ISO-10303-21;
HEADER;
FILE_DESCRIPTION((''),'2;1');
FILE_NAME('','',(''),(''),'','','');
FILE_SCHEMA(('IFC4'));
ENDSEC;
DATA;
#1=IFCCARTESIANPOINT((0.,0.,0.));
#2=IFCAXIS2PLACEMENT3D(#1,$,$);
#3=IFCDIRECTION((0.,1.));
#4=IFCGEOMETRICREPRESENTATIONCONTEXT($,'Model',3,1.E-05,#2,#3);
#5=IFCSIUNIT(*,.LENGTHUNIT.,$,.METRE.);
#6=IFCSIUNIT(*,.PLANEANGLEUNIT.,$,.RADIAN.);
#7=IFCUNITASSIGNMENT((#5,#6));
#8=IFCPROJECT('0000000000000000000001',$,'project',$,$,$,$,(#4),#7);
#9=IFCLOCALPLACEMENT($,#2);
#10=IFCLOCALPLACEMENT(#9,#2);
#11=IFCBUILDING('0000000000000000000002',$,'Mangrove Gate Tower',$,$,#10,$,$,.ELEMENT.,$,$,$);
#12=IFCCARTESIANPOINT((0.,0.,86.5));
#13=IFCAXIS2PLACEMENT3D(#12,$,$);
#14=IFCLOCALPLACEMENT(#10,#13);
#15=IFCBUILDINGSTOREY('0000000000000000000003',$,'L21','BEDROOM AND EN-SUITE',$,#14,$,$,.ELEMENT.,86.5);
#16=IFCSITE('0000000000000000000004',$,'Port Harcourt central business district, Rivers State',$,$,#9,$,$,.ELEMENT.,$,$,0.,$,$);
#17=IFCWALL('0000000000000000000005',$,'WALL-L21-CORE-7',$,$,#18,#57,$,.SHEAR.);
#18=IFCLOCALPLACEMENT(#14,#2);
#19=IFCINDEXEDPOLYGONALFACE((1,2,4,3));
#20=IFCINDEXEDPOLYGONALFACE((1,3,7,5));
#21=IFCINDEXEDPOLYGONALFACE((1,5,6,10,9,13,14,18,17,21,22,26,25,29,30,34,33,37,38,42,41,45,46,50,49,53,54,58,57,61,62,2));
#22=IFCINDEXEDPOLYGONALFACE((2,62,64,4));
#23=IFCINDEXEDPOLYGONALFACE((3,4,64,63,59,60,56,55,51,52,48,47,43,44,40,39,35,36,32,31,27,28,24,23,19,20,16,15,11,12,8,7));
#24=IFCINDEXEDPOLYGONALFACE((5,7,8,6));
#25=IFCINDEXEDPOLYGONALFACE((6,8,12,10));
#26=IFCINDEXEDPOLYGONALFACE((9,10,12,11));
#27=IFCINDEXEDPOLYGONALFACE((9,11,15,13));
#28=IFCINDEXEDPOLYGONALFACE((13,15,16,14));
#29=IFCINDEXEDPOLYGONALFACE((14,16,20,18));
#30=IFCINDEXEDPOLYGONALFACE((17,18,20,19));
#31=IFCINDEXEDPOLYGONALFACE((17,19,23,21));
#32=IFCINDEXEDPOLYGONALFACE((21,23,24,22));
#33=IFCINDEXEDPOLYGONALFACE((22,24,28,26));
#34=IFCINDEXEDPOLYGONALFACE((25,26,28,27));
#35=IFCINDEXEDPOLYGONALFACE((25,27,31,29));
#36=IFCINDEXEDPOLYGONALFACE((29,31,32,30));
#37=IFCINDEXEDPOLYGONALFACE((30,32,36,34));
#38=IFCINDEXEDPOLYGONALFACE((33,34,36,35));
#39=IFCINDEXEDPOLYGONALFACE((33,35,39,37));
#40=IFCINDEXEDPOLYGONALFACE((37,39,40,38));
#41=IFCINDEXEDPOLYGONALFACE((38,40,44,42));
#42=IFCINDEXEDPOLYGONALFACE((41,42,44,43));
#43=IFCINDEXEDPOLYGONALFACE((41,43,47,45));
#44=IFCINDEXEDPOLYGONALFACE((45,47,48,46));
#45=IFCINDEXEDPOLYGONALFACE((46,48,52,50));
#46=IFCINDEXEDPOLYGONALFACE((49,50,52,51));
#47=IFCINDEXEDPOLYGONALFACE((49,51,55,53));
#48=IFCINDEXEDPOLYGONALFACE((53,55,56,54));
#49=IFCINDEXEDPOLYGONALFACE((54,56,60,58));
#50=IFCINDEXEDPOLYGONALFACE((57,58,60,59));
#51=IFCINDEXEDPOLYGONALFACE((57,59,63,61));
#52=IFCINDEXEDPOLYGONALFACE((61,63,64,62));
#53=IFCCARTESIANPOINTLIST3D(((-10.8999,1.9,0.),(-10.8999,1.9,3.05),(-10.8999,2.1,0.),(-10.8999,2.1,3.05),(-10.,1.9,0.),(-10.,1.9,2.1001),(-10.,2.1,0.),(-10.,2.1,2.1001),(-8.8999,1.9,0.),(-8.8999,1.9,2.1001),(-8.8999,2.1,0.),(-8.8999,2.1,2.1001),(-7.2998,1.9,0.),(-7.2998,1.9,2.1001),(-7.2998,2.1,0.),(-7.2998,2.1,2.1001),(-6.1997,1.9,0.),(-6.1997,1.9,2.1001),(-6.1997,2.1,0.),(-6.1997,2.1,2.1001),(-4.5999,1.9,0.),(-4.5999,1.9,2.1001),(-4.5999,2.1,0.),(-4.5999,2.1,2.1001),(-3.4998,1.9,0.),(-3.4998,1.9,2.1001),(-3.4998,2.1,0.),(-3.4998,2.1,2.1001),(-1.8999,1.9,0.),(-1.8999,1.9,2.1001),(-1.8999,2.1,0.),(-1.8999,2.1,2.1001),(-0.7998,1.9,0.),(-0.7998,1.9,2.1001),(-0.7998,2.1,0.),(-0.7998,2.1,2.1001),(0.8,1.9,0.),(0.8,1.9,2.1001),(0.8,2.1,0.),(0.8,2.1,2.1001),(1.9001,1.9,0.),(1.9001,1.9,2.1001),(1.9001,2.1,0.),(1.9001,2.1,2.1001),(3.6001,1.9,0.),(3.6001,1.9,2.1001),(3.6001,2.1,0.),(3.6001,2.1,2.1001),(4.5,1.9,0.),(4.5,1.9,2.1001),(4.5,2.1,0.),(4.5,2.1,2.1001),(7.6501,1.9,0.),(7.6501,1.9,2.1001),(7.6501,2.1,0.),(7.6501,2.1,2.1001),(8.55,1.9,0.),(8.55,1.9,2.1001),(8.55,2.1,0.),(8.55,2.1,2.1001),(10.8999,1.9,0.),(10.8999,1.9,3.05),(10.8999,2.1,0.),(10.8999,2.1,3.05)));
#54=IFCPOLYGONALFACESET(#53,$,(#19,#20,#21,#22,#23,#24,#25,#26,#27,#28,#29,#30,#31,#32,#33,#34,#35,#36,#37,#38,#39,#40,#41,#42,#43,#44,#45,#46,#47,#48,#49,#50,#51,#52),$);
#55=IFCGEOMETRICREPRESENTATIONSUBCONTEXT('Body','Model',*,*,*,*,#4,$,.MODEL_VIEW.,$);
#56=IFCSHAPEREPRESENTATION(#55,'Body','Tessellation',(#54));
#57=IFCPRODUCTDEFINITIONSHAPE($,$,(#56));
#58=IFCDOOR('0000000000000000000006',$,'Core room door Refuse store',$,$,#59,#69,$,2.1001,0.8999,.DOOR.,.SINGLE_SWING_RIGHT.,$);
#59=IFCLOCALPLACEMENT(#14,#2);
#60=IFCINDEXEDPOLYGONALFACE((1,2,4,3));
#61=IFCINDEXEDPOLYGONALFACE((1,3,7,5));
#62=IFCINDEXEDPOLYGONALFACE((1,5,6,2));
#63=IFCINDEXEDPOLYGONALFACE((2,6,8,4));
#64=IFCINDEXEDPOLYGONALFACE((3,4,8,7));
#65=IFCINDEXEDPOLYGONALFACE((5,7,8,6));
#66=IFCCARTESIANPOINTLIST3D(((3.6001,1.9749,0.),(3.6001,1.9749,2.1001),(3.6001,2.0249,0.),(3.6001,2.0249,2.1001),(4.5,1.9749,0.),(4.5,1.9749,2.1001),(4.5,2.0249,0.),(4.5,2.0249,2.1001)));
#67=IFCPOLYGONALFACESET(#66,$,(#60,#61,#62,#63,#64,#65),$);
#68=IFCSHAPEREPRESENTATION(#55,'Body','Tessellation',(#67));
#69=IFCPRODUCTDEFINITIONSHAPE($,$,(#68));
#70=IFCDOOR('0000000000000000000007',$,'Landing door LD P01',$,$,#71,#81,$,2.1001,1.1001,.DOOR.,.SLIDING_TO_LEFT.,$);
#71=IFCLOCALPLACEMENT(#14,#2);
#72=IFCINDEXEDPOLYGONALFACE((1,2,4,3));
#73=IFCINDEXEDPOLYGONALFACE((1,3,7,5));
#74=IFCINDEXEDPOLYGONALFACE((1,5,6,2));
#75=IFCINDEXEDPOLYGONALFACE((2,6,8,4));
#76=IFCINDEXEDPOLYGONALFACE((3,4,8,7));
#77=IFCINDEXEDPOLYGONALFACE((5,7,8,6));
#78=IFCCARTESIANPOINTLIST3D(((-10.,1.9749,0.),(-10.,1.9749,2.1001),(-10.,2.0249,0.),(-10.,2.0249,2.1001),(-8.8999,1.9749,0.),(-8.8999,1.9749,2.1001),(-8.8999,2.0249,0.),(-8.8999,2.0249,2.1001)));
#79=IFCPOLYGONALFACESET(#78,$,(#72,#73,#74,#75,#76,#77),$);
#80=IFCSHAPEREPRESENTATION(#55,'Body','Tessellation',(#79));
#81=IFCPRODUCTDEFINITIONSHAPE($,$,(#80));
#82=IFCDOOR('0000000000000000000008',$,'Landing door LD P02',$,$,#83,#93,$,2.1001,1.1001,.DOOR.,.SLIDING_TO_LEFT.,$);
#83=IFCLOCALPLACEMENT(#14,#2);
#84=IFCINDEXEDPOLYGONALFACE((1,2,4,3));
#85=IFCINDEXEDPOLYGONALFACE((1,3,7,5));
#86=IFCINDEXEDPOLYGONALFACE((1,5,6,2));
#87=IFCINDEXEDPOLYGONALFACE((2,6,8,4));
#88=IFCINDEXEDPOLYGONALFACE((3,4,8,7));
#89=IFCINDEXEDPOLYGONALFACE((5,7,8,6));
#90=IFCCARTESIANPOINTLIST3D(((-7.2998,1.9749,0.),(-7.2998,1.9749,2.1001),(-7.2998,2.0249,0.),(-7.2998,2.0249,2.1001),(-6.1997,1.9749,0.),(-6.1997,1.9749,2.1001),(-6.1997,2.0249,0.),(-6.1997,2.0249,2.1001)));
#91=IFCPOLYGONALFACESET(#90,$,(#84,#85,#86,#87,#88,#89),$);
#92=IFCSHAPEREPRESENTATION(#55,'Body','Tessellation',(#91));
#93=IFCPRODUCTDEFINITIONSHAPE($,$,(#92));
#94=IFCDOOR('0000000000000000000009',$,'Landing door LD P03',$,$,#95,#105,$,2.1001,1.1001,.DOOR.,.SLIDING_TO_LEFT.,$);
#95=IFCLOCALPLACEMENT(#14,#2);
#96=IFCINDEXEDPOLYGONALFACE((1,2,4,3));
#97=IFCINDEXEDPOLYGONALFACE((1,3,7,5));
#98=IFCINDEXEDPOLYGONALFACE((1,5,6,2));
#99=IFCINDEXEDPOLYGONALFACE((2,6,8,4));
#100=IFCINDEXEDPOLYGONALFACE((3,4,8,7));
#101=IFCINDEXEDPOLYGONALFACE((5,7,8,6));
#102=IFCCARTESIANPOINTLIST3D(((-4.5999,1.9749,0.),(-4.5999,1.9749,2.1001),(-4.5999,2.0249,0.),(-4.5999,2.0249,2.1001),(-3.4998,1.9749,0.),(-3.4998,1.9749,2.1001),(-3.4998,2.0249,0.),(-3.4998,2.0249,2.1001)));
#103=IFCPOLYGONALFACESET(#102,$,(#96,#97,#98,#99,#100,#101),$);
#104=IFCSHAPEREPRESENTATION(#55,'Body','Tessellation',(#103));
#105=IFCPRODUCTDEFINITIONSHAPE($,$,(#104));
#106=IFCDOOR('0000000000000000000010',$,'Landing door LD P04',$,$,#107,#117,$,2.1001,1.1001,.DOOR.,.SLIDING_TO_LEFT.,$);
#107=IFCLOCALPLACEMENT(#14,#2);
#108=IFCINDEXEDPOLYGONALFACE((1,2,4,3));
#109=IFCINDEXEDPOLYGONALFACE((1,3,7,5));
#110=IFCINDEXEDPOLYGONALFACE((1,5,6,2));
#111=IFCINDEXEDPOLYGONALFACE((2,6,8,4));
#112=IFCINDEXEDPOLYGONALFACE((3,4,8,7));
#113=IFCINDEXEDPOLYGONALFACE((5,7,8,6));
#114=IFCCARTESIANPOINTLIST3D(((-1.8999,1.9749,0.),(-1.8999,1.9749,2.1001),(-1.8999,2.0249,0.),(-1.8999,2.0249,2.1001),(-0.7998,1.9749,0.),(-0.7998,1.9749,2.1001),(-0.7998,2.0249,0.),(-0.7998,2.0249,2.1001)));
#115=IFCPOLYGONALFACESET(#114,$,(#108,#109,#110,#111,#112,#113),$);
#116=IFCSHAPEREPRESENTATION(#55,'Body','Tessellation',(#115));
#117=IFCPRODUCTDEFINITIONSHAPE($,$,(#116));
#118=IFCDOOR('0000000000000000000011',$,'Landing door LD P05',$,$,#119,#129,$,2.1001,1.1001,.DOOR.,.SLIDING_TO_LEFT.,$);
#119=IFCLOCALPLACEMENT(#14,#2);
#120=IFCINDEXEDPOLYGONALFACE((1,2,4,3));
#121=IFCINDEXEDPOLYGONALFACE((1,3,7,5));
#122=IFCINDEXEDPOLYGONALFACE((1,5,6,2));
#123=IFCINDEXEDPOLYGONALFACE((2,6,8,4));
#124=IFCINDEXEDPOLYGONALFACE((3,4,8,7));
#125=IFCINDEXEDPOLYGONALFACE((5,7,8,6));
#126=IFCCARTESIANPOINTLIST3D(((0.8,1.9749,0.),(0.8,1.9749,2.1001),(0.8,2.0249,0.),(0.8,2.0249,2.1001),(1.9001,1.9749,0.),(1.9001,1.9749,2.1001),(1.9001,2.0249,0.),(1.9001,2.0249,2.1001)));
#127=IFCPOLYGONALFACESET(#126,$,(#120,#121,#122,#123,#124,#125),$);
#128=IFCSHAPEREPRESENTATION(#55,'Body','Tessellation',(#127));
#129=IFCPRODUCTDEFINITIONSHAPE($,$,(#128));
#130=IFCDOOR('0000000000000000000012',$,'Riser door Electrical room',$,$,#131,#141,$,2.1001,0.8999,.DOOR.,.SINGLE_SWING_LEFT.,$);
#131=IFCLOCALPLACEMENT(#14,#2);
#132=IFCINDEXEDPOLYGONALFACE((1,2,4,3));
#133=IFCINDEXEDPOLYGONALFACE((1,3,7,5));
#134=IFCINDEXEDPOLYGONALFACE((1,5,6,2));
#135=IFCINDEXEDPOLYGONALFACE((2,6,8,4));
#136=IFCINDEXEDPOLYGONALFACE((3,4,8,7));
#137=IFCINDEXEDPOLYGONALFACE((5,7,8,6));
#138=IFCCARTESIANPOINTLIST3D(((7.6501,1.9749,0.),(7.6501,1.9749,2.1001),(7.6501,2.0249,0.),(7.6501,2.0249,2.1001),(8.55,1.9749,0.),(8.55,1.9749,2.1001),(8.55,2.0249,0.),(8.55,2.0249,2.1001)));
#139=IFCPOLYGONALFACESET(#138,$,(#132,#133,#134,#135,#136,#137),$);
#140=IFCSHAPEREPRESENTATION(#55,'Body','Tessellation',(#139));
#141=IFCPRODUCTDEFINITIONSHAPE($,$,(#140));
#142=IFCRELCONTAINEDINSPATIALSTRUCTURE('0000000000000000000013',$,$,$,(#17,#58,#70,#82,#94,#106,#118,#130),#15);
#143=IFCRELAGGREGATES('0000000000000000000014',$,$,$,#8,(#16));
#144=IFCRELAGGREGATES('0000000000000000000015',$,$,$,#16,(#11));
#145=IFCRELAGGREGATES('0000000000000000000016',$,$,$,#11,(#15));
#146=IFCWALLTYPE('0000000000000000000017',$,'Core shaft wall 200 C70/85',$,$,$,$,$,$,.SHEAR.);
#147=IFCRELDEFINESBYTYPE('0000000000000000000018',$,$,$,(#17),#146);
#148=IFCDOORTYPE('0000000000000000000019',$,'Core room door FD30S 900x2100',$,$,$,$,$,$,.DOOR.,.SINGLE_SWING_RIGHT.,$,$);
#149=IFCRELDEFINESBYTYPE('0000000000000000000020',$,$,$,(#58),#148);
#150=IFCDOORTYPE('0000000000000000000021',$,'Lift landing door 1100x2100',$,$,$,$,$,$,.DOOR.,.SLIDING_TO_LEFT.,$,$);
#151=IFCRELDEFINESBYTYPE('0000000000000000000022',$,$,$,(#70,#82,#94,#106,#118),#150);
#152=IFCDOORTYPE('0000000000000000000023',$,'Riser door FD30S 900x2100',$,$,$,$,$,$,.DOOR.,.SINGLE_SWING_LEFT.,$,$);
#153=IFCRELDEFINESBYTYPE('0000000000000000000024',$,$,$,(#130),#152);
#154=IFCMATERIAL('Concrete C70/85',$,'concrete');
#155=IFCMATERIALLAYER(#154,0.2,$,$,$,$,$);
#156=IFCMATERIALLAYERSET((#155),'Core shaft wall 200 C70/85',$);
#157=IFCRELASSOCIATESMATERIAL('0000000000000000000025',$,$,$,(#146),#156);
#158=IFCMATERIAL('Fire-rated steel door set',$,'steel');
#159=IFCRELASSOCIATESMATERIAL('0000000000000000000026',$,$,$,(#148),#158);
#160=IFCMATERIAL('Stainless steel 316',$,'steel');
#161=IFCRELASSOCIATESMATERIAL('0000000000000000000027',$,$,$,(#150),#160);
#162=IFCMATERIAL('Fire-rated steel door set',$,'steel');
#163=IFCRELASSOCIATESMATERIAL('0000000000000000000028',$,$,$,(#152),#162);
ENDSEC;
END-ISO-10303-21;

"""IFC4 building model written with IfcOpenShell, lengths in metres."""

from ifc_helpers import new_model, si_unit, direction, frame, frame_2d, origin, place, context, subcontext, project, spatial, rectangle, extrude, material, layer, layer_set, type_object, element, fill, save


model = new_model("IFC4")

# Units and contexts
model_context = context("Model", 3, precision=1e-05, world=origin(), true_north=direction((0.0, 1.0)))
body_context = subcontext(model_context, "Body", "Model", "MODEL_VIEW")
ifc_project = project(units=[si_unit("LENGTHUNIT", "METRE"), si_unit("PLANEANGLEUNIT", "RADIAN")], contexts=[model_context])

# Site, building, storey
site_placement = place(None, origin())
site = spatial("IfcSite", under=ifc_project, at=site_placement, Name="Port Harcourt central business district, Rivers State", CompositionType="ELEMENT", RefElevation=0.0)
building_placement = place(site_placement, origin())
building = spatial("IfcBuilding", under=site, at=building_placement, Name="Mangrove Gate Tower", CompositionType="ELEMENT")
storey_placement = place(building_placement, frame((0.0, 0.0, 86.5)))
storey = spatial("IfcBuildingStorey", under=building, at=storey_placement, Name="L21", Description="BEDROOM AND EN-SUITE", CompositionType="ELEMENT", Elevation=86.5)

# Wall, openings, doors
ifc_material_1 = material(Name="Concrete C70/85", Category="concrete")
ifc_layer_1 = layer(ifc_material_1, 0.2)
ifc_layer_set_1 = layer_set([ifc_layer_1], Name="Core shaft wall 200 C70/85")
wall_type_1 = type_object("IfcWallType", Name="Core shaft wall 200 C70/85", PredefinedType="SHEAR", material=ifc_layer_set_1)
wall_1_placement = place(storey_placement, frame((-10.8999, 2.0, 0.0), z_axis=(0.0, 0.0, 1.0), x_axis=(1.0, 0.0, 0.0)))
wall_1 = element("IfcWall", 1, at=wall_1_placement, inside=storey, type_object=wall_type_1, Name="WALL-L21-CORE-7", PredefinedType="SHEAR", context=body_context, shape_type="SweptSolid", body=[
    extrude(rectangle(XDim=21.7998, YDim=0.2, at=frame_2d((10.8999, 0.0))), origin(), (0.0, 0.0, 1.0), 3.05),
])
opening_1_placement = place(wall_1_placement, frame((0.8999, 0.0, 0.0)))
opening_1 = element("IfcOpeningElement", 2, at=opening_1_placement, cuts=wall_1, PredefinedType="OPENING", context=body_context, shape_type="SweptSolid", body=[
    extrude(rectangle(XDim=1.1001, YDim=2.1001, at=frame_2d((0.55, 1.05))), frame((0.0, 0.1099, 0.0), z_axis=(0.0, -1.0, 0.0), x_axis=(1.0, 0.0, 0.0)), (0.0, 0.0, 1.0), 0.22),
])
opening_2_placement = place(wall_1_placement, frame((3.6001, 0.0, 0.0)))
opening_2 = element("IfcOpeningElement", 3, at=opening_2_placement, cuts=wall_1, PredefinedType="OPENING", context=body_context, shape_type="SweptSolid", body=[
    extrude(rectangle(XDim=1.1001, YDim=2.1001, at=frame_2d((0.55, 1.05))), frame((0.0, 0.1099, 0.0), z_axis=(0.0, -1.0, 0.0), x_axis=(1.0, 0.0, 0.0)), (0.0, 0.0, 1.0), 0.22),
])
opening_3_placement = place(wall_1_placement, frame((6.3, 0.0, 0.0)))
opening_3 = element("IfcOpeningElement", 4, at=opening_3_placement, cuts=wall_1, PredefinedType="OPENING", context=body_context, shape_type="SweptSolid", body=[
    extrude(rectangle(XDim=1.1001, YDim=2.1001, at=frame_2d((0.55, 1.05))), frame((0.0, 0.1099, 0.0), z_axis=(0.0, -1.0, 0.0), x_axis=(1.0, 0.0, 0.0)), (0.0, 0.0, 1.0), 0.22),
])
opening_4_placement = place(wall_1_placement, frame((9.0, 0.0, 0.0)))
opening_4 = element("IfcOpeningElement", 5, at=opening_4_placement, cuts=wall_1, PredefinedType="OPENING", context=body_context, shape_type="SweptSolid", body=[
    extrude(rectangle(XDim=1.1001, YDim=2.1001, at=frame_2d((0.55, 1.05))), frame((0.0, 0.1099, 0.0), z_axis=(0.0, -1.0, 0.0), x_axis=(1.0, 0.0, 0.0)), (0.0, 0.0, 1.0), 0.22),
])
opening_5_placement = place(wall_1_placement, frame((11.7, 0.0, 0.0)))
opening_5 = element("IfcOpeningElement", 6, at=opening_5_placement, cuts=wall_1, PredefinedType="OPENING", context=body_context, shape_type="SweptSolid", body=[
    extrude(rectangle(XDim=1.1001, YDim=2.1001, at=frame_2d((0.55, 1.05))), frame((0.0, 0.1099, 0.0), z_axis=(0.0, -1.0, 0.0), x_axis=(1.0, 0.0, 0.0)), (0.0, 0.0, 1.0), 0.22),
])
opening_6_placement = place(wall_1_placement, frame((14.5, 0.0, 0.0)))
opening_6 = element("IfcOpeningElement", 7, at=opening_6_placement, cuts=wall_1, PredefinedType="OPENING", context=body_context, shape_type="SweptSolid", body=[
    extrude(rectangle(XDim=0.8999, YDim=2.1001, at=frame_2d((0.45, 1.05))), frame((0.0, 0.1099, 0.0), z_axis=(0.0, -1.0, 0.0), x_axis=(1.0, 0.0, 0.0)), (0.0, 0.0, 1.0), 0.22),
])
opening_7_placement = place(wall_1_placement, frame((18.55, 0.0, 0.0)))
opening_7 = element("IfcOpeningElement", 8, at=opening_7_placement, cuts=wall_1, PredefinedType="OPENING", context=body_context, shape_type="SweptSolid", body=[
    extrude(rectangle(XDim=0.8999, YDim=2.1001, at=frame_2d((0.45, 1.05))), frame((0.0, 0.1099, 0.0), z_axis=(0.0, -1.0, 0.0), x_axis=(1.0, 0.0, 0.0)), (0.0, 0.0, 1.0), 0.22),
])
ifc_material_2 = material(Name="Fire-rated steel door set", Category="steel")
door_type_1 = type_object("IfcDoorType", Name="Core room door FD30S 900x2100", OperationType="SINGLE_SWING_RIGHT", PredefinedType="DOOR", material=ifc_material_2)
door_1_placement = place(opening_6_placement, origin())
door_1 = element("IfcDoor", 9, at=door_1_placement, inside=storey, type_object=door_type_1, Name="Core room door Refuse store", OperationType="SINGLE_SWING_RIGHT", OverallHeight=2.1001, OverallWidth=0.8999, PredefinedType="DOOR", context=body_context, shape_type="SweptSolid", body=[
    extrude(rectangle(XDim=0.8999, YDim=2.1001, at=frame_2d((0.45, 1.05))), frame((0.0, 0.0249, 0.0), z_axis=(0.0, -1.0, 0.0), x_axis=(1.0, 0.0, 0.0)), (0.0, 0.0, 1.0), 0.05),
])
fill(opening_6, door_1)
ifc_material_3 = material(Name="Stainless steel 316", Category="steel")
door_type_2 = type_object("IfcDoorType", Name="Lift landing door 1100x2100", OperationType="SLIDING_TO_LEFT", PredefinedType="DOOR", material=ifc_material_3)
door_2_placement = place(opening_1_placement, origin())
door_2 = element("IfcDoor", 10, at=door_2_placement, inside=storey, type_object=door_type_2, Name="Landing door LD P01", OperationType="SLIDING_TO_LEFT", OverallHeight=2.1001, OverallWidth=1.1001, PredefinedType="DOOR", context=body_context, shape_type="SweptSolid", body=[
    extrude(rectangle(XDim=1.1001, YDim=2.1001, at=frame_2d((0.55, 1.05))), frame((0.0, 0.0249, 0.0), z_axis=(0.0, -1.0, 0.0), x_axis=(1.0, 0.0, 0.0)), (0.0, 0.0, 1.0), 0.05),
])
fill(opening_1, door_2)
door_3_placement = place(opening_2_placement, origin())
door_3 = element("IfcDoor", 11, at=door_3_placement, inside=storey, type_object=door_type_2, Name="Landing door LD P02", OperationType="SLIDING_TO_LEFT", OverallHeight=2.1001, OverallWidth=1.1001, PredefinedType="DOOR", context=body_context, shape_type="SweptSolid", body=[
    extrude(rectangle(XDim=1.1001, YDim=2.1001, at=frame_2d((0.55, 1.05))), frame((0.0, 0.0249, 0.0), z_axis=(0.0, -1.0, 0.0), x_axis=(1.0, 0.0, 0.0)), (0.0, 0.0, 1.0), 0.05),
])
fill(opening_2, door_3)
door_4_placement = place(opening_3_placement, origin())
door_4 = element("IfcDoor", 12, at=door_4_placement, inside=storey, type_object=door_type_2, Name="Landing door LD P03", OperationType="SLIDING_TO_LEFT", OverallHeight=2.1001, OverallWidth=1.1001, PredefinedType="DOOR", context=body_context, shape_type="SweptSolid", body=[
    extrude(rectangle(XDim=1.1001, YDim=2.1001, at=frame_2d((0.55, 1.05))), frame((0.0, 0.0249, 0.0), z_axis=(0.0, -1.0, 0.0), x_axis=(1.0, 0.0, 0.0)), (0.0, 0.0, 1.0), 0.05),
])
fill(opening_3, door_4)
door_5_placement = place(opening_4_placement, origin())
door_5 = element("IfcDoor", 13, at=door_5_placement, inside=storey, type_object=door_type_2, Name="Landing door LD P04", OperationType="SLIDING_TO_LEFT", OverallHeight=2.1001, OverallWidth=1.1001, PredefinedType="DOOR", context=body_context, shape_type="SweptSolid", body=[
    extrude(rectangle(XDim=1.1001, YDim=2.1001, at=frame_2d((0.55, 1.05))), frame((0.0, 0.0249, 0.0), z_axis=(0.0, -1.0, 0.0), x_axis=(1.0, 0.0, 0.0)), (0.0, 0.0, 1.0), 0.05),
])
fill(opening_4, door_5)
door_6_placement = place(opening_5_placement, origin())
door_6 = element("IfcDoor", 14, at=door_6_placement, inside=storey, type_object=door_type_2, Name="Landing door LD P05", OperationType="SLIDING_TO_LEFT", OverallHeight=2.1001, OverallWidth=1.1001, PredefinedType="DOOR", context=body_context, shape_type="SweptSolid", body=[
    extrude(rectangle(XDim=1.1001, YDim=2.1001, at=frame_2d((0.55, 1.05))), frame((0.0, 0.0249, 0.0), z_axis=(0.0, -1.0, 0.0), x_axis=(1.0, 0.0, 0.0)), (0.0, 0.0, 1.0), 0.05),
])
fill(opening_5, door_6)
ifc_material_4 = material(Name="Fire-rated steel door set", Category="steel")
door_type_3 = type_object("IfcDoorType", Name="Riser door FD30S 900x2100", OperationType="SINGLE_SWING_LEFT", PredefinedType="DOOR", material=ifc_material_4)
door_7_placement = place(opening_7_placement, origin())
door_7 = element("IfcDoor", 15, at=door_7_placement, inside=storey, type_object=door_type_3, Name="Riser door Electrical room", OperationType="SINGLE_SWING_LEFT", OverallHeight=2.1001, OverallWidth=0.8999, PredefinedType="DOOR", context=body_context, shape_type="SweptSolid", body=[
    extrude(rectangle(XDim=0.8999, YDim=2.1001, at=frame_2d((0.45, 1.05))), frame((0.0, 0.0249, 0.0), z_axis=(0.0, -1.0, 0.0), x_axis=(1.0, 0.0, 0.0)), (0.0, 0.0, 1.0), 0.05),
])
fill(opening_7, door_7)

save(model, "model.ifc")
